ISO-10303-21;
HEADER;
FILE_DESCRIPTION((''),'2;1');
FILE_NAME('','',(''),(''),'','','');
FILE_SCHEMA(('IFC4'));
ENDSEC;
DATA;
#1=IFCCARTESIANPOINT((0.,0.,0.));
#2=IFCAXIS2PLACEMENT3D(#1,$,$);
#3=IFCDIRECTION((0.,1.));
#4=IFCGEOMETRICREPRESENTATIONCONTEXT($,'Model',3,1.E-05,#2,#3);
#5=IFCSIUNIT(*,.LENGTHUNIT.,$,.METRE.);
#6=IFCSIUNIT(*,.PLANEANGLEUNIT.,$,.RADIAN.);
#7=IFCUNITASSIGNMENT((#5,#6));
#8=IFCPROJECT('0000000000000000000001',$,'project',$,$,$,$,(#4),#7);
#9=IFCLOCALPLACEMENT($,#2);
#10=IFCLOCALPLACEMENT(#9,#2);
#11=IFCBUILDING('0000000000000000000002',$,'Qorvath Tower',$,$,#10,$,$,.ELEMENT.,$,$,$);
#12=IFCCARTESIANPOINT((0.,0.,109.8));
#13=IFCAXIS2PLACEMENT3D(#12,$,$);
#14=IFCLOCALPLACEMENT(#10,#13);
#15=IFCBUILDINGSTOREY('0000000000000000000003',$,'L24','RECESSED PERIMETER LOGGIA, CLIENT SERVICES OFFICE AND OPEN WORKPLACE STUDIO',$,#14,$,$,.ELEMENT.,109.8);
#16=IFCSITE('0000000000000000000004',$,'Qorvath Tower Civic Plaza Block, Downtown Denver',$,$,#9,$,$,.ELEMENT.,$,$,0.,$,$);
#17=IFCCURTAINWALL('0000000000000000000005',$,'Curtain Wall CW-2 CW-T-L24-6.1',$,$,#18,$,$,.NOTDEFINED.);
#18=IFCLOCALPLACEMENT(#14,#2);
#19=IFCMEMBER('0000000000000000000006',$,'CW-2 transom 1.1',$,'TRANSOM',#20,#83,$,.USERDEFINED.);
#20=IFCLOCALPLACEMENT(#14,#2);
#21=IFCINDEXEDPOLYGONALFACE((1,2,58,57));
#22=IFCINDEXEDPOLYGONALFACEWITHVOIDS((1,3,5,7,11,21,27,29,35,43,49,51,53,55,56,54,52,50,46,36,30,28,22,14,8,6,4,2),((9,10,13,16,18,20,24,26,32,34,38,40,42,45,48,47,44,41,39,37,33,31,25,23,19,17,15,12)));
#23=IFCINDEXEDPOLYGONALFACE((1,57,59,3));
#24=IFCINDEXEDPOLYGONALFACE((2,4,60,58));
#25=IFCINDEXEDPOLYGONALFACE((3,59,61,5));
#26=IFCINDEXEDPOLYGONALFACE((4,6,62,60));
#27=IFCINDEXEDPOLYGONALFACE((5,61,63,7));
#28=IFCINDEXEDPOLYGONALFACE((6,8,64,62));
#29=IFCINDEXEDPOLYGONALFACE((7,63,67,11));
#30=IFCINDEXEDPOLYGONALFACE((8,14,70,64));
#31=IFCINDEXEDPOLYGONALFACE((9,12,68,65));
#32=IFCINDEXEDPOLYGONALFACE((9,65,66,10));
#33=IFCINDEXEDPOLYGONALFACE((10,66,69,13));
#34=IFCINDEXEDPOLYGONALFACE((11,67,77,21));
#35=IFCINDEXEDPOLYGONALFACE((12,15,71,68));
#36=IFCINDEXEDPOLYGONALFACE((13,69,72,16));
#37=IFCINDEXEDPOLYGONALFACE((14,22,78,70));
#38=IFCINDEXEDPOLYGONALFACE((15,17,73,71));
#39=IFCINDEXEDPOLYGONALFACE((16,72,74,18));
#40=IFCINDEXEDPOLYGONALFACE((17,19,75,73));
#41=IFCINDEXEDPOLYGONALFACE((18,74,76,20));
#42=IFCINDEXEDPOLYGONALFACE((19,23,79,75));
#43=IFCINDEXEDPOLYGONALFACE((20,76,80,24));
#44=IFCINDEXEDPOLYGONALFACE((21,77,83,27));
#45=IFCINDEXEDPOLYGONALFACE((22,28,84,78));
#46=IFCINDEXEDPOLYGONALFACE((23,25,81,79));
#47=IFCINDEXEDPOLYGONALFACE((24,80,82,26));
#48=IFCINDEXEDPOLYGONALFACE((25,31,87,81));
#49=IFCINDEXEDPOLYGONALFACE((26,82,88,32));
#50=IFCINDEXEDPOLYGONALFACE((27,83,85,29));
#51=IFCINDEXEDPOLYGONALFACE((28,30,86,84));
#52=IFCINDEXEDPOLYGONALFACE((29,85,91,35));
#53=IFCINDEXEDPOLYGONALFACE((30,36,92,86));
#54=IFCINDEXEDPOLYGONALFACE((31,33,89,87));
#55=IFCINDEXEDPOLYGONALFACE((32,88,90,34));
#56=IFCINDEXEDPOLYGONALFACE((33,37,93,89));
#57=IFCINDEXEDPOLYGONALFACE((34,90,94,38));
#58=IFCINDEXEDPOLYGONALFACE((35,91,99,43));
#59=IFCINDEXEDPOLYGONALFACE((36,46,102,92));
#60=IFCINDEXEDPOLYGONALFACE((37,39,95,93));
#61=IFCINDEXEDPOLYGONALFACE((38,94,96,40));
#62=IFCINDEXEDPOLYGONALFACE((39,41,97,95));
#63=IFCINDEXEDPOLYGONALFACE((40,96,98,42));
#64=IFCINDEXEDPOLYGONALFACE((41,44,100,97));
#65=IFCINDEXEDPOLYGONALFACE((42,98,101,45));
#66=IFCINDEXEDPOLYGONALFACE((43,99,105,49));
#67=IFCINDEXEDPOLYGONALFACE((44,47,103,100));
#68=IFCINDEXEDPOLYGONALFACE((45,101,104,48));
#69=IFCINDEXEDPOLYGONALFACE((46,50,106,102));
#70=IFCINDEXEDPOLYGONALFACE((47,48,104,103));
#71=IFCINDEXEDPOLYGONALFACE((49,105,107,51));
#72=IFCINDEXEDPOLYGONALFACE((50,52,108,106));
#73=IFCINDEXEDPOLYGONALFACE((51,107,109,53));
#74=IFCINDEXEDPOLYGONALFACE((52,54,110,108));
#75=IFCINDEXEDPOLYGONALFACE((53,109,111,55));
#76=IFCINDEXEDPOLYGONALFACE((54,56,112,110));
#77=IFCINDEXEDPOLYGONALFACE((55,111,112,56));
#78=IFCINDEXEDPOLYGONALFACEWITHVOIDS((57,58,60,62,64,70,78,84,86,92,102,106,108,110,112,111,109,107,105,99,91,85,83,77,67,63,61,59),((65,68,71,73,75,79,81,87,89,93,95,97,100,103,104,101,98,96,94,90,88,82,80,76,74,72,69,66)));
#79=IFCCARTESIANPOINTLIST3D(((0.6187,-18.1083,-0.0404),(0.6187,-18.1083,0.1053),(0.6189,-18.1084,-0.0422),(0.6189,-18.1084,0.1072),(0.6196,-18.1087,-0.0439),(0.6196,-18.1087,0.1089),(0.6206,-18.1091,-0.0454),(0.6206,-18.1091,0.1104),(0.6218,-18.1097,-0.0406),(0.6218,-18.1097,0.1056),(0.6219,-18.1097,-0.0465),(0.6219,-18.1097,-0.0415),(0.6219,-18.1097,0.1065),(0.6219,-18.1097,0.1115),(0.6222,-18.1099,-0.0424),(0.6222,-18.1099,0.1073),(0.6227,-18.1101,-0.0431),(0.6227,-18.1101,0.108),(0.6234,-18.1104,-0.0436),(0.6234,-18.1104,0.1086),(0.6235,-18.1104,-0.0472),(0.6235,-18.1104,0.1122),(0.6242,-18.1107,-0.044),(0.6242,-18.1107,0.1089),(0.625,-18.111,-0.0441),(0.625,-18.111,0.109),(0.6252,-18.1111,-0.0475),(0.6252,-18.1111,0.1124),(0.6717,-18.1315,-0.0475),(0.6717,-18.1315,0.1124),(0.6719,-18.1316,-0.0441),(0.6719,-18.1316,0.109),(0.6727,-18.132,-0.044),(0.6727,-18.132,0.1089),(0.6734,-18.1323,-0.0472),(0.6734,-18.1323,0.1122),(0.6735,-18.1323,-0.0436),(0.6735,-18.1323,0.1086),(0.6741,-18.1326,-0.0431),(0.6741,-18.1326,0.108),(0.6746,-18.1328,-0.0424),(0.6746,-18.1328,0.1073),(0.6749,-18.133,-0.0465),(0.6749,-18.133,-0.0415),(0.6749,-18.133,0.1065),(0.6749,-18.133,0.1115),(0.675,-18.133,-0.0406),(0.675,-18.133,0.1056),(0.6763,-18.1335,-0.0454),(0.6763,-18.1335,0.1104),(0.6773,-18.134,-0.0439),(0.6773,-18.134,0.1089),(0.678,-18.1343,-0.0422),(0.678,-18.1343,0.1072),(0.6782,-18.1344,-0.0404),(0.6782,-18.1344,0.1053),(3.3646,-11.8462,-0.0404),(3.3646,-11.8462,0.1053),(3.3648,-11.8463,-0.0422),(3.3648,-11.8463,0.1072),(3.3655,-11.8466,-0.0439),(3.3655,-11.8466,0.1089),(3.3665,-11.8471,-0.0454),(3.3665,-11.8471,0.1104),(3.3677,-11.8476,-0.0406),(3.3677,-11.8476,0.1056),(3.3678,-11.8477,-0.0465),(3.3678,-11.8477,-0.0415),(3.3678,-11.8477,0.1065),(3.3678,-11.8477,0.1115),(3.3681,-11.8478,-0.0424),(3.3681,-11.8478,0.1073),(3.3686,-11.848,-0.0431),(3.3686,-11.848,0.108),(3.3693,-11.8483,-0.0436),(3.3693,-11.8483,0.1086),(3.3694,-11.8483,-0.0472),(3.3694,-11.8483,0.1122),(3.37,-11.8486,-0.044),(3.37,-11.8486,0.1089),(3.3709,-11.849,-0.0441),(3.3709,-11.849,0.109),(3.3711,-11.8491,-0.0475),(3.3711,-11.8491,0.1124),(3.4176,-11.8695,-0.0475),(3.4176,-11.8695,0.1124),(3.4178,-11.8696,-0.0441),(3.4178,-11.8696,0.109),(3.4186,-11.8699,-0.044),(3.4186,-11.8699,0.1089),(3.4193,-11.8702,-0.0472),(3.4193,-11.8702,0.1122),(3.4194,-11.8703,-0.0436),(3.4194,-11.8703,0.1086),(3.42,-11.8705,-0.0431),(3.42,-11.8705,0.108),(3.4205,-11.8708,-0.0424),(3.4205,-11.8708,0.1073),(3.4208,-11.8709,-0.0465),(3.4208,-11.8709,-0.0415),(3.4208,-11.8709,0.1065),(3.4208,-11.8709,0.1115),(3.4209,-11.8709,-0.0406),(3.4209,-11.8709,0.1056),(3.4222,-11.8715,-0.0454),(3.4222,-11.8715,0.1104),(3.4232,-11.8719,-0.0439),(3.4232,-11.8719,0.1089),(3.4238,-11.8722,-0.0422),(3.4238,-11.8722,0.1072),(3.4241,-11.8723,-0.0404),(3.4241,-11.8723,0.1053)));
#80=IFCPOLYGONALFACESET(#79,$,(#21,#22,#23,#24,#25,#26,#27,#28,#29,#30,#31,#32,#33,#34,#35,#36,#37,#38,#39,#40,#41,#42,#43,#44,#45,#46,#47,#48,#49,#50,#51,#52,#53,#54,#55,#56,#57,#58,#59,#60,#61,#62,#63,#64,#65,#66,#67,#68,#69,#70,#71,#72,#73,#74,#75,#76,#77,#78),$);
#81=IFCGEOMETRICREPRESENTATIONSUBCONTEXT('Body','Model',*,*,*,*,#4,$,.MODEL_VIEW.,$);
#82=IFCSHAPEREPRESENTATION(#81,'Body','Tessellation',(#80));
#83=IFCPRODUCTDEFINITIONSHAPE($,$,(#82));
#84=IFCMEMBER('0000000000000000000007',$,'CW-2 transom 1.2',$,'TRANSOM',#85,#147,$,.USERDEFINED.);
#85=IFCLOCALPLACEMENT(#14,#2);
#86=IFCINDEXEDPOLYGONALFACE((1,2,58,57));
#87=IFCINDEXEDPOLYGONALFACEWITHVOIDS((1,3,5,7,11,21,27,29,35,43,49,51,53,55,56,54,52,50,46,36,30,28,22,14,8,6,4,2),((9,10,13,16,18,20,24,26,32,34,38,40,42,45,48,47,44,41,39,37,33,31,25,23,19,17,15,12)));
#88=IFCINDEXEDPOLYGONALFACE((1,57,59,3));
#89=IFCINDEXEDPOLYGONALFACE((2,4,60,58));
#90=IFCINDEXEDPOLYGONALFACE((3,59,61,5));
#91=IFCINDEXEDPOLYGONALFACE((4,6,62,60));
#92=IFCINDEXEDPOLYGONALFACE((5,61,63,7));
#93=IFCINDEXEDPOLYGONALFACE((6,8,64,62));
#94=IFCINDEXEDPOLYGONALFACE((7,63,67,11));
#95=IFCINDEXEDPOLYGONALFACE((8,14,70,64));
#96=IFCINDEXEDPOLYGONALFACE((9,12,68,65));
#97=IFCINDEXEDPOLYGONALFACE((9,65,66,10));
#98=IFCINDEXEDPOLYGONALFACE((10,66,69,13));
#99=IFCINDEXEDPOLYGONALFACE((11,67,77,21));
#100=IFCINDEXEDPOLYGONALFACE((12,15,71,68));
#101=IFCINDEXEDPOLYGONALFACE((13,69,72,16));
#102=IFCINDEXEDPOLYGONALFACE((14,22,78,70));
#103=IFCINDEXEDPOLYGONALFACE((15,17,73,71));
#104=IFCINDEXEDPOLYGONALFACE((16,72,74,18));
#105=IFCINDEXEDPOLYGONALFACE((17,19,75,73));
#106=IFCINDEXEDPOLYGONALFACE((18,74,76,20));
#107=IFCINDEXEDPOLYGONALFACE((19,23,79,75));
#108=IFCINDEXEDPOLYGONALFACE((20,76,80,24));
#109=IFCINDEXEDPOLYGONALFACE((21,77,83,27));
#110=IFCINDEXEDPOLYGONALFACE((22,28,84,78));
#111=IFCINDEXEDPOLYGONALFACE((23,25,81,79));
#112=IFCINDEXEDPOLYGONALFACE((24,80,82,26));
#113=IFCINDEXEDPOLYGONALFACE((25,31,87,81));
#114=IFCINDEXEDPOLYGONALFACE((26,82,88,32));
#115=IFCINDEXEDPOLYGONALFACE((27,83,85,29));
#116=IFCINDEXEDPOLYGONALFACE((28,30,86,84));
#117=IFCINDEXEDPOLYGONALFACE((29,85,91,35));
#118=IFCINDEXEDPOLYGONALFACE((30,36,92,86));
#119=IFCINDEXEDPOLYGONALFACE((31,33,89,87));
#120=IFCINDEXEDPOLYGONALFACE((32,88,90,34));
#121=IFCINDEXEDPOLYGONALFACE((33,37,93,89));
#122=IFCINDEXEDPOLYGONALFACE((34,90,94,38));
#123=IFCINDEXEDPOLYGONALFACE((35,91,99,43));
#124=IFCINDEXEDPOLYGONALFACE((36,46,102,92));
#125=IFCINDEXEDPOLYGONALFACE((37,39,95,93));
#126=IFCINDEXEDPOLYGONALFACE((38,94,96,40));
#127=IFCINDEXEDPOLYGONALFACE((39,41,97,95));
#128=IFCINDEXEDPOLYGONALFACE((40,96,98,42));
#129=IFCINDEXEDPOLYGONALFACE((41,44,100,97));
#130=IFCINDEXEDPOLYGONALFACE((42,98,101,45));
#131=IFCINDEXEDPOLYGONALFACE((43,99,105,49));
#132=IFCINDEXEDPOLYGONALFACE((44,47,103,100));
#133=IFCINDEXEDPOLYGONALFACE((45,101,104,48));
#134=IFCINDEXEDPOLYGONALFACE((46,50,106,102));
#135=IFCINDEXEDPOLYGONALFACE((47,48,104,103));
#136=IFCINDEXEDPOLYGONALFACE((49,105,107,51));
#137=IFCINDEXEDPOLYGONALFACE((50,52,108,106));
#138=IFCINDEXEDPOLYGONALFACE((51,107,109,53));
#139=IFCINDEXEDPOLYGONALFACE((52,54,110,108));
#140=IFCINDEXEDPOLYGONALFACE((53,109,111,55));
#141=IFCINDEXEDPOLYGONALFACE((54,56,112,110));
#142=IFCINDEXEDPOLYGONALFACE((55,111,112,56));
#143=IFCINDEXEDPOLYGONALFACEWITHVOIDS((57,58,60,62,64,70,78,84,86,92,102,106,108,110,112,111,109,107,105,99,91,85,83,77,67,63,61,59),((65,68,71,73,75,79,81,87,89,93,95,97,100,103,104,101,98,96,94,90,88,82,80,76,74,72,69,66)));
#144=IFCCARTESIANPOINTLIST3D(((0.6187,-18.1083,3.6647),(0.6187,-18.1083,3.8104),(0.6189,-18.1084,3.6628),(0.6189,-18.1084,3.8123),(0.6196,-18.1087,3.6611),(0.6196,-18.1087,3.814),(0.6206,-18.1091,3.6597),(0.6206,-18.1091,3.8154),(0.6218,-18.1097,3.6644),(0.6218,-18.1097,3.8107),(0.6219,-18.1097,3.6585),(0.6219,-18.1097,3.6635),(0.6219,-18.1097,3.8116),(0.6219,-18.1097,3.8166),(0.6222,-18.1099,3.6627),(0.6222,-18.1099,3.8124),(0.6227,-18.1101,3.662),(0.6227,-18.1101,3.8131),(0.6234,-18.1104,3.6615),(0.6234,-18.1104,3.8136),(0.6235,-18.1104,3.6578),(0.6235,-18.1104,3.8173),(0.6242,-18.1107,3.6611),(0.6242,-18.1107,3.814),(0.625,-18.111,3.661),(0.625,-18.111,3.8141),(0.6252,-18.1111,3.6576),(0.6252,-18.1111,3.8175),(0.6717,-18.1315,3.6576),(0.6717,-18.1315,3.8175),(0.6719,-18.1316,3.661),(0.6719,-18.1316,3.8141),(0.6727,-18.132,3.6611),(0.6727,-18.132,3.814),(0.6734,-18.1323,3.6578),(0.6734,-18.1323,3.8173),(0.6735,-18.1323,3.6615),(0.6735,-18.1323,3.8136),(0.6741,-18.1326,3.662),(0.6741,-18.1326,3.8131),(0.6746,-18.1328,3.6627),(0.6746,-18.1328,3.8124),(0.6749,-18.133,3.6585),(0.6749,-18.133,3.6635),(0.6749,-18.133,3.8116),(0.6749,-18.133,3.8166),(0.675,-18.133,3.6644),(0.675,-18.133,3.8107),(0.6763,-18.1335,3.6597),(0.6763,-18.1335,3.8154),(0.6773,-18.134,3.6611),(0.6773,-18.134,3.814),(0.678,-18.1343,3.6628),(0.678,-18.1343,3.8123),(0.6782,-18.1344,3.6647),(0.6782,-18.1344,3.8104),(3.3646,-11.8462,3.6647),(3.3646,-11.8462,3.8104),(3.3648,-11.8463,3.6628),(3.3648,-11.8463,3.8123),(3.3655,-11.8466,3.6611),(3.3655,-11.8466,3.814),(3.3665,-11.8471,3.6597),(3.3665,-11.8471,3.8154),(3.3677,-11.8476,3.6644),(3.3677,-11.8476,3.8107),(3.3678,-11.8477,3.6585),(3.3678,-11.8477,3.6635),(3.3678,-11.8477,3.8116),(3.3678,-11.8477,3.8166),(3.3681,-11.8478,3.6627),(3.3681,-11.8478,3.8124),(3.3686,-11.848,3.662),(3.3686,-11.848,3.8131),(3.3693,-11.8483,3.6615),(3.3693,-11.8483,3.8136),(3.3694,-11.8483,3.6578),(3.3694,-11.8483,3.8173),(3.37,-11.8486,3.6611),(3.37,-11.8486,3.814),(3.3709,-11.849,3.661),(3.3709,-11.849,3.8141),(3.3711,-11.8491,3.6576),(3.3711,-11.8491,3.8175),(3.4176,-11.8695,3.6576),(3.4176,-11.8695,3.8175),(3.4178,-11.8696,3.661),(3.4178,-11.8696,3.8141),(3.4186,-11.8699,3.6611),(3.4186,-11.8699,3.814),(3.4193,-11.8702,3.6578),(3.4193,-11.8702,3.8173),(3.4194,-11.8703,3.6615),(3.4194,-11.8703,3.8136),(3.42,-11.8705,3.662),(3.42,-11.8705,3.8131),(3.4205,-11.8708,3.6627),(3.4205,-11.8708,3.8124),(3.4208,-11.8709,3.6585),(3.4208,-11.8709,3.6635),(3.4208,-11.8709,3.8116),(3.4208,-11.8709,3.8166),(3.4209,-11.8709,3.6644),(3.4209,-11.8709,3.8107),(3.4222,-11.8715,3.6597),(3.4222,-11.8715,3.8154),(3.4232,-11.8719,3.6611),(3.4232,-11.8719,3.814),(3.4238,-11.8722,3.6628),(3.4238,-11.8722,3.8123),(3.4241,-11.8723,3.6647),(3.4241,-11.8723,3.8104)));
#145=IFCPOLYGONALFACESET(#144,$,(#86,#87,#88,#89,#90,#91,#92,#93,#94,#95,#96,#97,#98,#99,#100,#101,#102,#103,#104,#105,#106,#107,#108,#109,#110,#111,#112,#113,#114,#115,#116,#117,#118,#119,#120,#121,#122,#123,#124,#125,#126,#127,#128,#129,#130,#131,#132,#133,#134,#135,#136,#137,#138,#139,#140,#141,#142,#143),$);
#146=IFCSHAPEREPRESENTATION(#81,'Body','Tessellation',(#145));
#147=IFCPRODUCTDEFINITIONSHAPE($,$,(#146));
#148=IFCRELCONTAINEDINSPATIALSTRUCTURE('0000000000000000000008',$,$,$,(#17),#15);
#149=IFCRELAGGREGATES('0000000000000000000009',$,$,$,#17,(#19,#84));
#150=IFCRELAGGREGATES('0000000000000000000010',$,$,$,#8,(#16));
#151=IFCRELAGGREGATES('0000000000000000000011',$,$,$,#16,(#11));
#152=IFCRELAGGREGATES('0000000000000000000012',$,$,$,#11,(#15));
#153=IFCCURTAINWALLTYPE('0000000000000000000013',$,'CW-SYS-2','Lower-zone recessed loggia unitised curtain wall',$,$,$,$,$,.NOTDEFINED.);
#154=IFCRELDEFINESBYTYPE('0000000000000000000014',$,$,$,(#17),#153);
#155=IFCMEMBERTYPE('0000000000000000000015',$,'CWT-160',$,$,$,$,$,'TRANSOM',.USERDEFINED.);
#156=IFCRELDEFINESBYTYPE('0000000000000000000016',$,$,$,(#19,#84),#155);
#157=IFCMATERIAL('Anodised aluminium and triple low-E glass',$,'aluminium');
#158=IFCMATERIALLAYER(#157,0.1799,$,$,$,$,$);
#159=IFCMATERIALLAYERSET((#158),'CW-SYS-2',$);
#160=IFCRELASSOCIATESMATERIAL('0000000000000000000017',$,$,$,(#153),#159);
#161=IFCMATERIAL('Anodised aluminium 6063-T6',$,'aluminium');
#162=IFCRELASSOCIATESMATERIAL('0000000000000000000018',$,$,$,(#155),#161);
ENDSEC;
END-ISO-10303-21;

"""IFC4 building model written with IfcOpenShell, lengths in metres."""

from ifc_helpers import new_model, si_unit, direction, frame, origin, origin_2d, place, context, subcontext, project, spatial, hollow_rectangle, extrude, material, layer, layer_set, material_profile, profile_set, type_object, element, aggregate, save


model = new_model("IFC4")

# Units and contexts
model_context = context("Model", 3, precision=1e-05, world=origin(), true_north=direction((0.0, 1.0)))
body_context = subcontext(model_context, "Body", "Model", "MODEL_VIEW")
ifc_project = project(units=[si_unit("LENGTHUNIT", "METRE"), si_unit("PLANEANGLEUNIT", "RADIAN")], contexts=[model_context])

# Site, building, storey
site_placement = place(None, origin())
site = spatial("IfcSite", under=ifc_project, at=site_placement, Name="Qorvath Tower Civic Plaza Block, Downtown Denver", CompositionType="ELEMENT", RefElevation=0.0)
building_placement = place(site_placement, origin())
building = spatial("IfcBuilding", under=site, at=building_placement, Name="Qorvath Tower", CompositionType="ELEMENT")
storey_placement = place(building_placement, frame((0.0, 0.0, 109.8)))
storey = spatial("IfcBuildingStorey", under=building, at=storey_placement, Name="L24", Description="RECESSED PERIMETER LOGGIA, CLIENT SERVICES OFFICE AND OPEN WORKPLACE STUDIO", CompositionType="ELEMENT", Elevation=109.8)

# Shared definitions
ifc_material_1 = material(Name="Anodised aluminium and triple low-E glass", Category="aluminium")
ifc_layer_1 = layer(ifc_material_1, 0.1799)
ifc_layer_set_1 = layer_set([ifc_layer_1], Name="CW-SYS-2")
curtain_wall_type = type_object("IfcCurtainWallType", Name="CW-SYS-2", Description="Lower-zone recessed loggia unitised curtain wall", PredefinedType="NOTDEFINED", material=ifc_layer_set_1)

# Curtain wall
curtain_wall_1_placement = place(storey_placement, origin())
curtain_wall_1 = element("IfcCurtainWall", 1, at=curtain_wall_1_placement, inside=storey, type_object=curtain_wall_type, Name="Curtain Wall CW-2 CW-T-L24-6.1", PredefinedType="NOTDEFINED")

# Members
ifc_material_2 = material(Name="Anodised aluminium 6063-T6", Category="aluminium")
ifc_material_profile_1 = material_profile(ifc_material_2, hollow_rectangle(XDim=0.0649, YDim=0.1599, WallThickness=0.0034, InnerFilletRadius=0.0034, OuterFilletRadius=0.0071, at=origin_2d()), Name="CWT 160x65")
ifc_profile_set_1 = profile_set([ifc_material_profile_1], Name="Anodised aluminium 6063-T6")
member_type_1 = type_object("IfcMemberType", Name="CWT-160", ElementType="TRANSOM", PredefinedType="USERDEFINED", material=ifc_profile_set_1)
member_1_placement = place(storey_placement, frame((0.6484, -18.1213, 0.0325), z_axis=(0.401585, 0.915822, 0.0), x_axis=(-0.915822, 0.401585, 0.0)))
member_1 = element("IfcMember", 2, at=member_1_placement, type_object=member_type_1, Name="CW-2 transom 1.1", ObjectType="TRANSOM", PredefinedType="USERDEFINED", context=body_context, shape_type="SweptSolid", body=[
    extrude(hollow_rectangle(XDim=0.0649, YDim=0.1599, WallThickness=0.0034, InnerFilletRadius=0.0034, OuterFilletRadius=0.0071, at=origin_2d()), origin(), (0.0, 0.0, 1.0), 6.8376),
])
member_2_placement = place(storey_placement, frame((0.6484, -18.1213, 3.7375), z_axis=(0.401585, 0.915822, 0.0), x_axis=(-0.915822, 0.401585, 0.0)))
member_2 = element("IfcMember", 3, at=member_2_placement, type_object=member_type_1, Name="CW-2 transom 1.2", ObjectType="TRANSOM", PredefinedType="USERDEFINED", context=body_context, shape_type="SweptSolid", body=[
    extrude(hollow_rectangle(XDim=0.0649, YDim=0.1599, WallThickness=0.0034, InnerFilletRadius=0.0034, OuterFilletRadius=0.0071, at=origin_2d()), origin(), (0.0, 0.0, 1.0), 6.8376),
])

aggregate(curtain_wall_1, [member_1, member_2])

save(model, "model.ifc")
